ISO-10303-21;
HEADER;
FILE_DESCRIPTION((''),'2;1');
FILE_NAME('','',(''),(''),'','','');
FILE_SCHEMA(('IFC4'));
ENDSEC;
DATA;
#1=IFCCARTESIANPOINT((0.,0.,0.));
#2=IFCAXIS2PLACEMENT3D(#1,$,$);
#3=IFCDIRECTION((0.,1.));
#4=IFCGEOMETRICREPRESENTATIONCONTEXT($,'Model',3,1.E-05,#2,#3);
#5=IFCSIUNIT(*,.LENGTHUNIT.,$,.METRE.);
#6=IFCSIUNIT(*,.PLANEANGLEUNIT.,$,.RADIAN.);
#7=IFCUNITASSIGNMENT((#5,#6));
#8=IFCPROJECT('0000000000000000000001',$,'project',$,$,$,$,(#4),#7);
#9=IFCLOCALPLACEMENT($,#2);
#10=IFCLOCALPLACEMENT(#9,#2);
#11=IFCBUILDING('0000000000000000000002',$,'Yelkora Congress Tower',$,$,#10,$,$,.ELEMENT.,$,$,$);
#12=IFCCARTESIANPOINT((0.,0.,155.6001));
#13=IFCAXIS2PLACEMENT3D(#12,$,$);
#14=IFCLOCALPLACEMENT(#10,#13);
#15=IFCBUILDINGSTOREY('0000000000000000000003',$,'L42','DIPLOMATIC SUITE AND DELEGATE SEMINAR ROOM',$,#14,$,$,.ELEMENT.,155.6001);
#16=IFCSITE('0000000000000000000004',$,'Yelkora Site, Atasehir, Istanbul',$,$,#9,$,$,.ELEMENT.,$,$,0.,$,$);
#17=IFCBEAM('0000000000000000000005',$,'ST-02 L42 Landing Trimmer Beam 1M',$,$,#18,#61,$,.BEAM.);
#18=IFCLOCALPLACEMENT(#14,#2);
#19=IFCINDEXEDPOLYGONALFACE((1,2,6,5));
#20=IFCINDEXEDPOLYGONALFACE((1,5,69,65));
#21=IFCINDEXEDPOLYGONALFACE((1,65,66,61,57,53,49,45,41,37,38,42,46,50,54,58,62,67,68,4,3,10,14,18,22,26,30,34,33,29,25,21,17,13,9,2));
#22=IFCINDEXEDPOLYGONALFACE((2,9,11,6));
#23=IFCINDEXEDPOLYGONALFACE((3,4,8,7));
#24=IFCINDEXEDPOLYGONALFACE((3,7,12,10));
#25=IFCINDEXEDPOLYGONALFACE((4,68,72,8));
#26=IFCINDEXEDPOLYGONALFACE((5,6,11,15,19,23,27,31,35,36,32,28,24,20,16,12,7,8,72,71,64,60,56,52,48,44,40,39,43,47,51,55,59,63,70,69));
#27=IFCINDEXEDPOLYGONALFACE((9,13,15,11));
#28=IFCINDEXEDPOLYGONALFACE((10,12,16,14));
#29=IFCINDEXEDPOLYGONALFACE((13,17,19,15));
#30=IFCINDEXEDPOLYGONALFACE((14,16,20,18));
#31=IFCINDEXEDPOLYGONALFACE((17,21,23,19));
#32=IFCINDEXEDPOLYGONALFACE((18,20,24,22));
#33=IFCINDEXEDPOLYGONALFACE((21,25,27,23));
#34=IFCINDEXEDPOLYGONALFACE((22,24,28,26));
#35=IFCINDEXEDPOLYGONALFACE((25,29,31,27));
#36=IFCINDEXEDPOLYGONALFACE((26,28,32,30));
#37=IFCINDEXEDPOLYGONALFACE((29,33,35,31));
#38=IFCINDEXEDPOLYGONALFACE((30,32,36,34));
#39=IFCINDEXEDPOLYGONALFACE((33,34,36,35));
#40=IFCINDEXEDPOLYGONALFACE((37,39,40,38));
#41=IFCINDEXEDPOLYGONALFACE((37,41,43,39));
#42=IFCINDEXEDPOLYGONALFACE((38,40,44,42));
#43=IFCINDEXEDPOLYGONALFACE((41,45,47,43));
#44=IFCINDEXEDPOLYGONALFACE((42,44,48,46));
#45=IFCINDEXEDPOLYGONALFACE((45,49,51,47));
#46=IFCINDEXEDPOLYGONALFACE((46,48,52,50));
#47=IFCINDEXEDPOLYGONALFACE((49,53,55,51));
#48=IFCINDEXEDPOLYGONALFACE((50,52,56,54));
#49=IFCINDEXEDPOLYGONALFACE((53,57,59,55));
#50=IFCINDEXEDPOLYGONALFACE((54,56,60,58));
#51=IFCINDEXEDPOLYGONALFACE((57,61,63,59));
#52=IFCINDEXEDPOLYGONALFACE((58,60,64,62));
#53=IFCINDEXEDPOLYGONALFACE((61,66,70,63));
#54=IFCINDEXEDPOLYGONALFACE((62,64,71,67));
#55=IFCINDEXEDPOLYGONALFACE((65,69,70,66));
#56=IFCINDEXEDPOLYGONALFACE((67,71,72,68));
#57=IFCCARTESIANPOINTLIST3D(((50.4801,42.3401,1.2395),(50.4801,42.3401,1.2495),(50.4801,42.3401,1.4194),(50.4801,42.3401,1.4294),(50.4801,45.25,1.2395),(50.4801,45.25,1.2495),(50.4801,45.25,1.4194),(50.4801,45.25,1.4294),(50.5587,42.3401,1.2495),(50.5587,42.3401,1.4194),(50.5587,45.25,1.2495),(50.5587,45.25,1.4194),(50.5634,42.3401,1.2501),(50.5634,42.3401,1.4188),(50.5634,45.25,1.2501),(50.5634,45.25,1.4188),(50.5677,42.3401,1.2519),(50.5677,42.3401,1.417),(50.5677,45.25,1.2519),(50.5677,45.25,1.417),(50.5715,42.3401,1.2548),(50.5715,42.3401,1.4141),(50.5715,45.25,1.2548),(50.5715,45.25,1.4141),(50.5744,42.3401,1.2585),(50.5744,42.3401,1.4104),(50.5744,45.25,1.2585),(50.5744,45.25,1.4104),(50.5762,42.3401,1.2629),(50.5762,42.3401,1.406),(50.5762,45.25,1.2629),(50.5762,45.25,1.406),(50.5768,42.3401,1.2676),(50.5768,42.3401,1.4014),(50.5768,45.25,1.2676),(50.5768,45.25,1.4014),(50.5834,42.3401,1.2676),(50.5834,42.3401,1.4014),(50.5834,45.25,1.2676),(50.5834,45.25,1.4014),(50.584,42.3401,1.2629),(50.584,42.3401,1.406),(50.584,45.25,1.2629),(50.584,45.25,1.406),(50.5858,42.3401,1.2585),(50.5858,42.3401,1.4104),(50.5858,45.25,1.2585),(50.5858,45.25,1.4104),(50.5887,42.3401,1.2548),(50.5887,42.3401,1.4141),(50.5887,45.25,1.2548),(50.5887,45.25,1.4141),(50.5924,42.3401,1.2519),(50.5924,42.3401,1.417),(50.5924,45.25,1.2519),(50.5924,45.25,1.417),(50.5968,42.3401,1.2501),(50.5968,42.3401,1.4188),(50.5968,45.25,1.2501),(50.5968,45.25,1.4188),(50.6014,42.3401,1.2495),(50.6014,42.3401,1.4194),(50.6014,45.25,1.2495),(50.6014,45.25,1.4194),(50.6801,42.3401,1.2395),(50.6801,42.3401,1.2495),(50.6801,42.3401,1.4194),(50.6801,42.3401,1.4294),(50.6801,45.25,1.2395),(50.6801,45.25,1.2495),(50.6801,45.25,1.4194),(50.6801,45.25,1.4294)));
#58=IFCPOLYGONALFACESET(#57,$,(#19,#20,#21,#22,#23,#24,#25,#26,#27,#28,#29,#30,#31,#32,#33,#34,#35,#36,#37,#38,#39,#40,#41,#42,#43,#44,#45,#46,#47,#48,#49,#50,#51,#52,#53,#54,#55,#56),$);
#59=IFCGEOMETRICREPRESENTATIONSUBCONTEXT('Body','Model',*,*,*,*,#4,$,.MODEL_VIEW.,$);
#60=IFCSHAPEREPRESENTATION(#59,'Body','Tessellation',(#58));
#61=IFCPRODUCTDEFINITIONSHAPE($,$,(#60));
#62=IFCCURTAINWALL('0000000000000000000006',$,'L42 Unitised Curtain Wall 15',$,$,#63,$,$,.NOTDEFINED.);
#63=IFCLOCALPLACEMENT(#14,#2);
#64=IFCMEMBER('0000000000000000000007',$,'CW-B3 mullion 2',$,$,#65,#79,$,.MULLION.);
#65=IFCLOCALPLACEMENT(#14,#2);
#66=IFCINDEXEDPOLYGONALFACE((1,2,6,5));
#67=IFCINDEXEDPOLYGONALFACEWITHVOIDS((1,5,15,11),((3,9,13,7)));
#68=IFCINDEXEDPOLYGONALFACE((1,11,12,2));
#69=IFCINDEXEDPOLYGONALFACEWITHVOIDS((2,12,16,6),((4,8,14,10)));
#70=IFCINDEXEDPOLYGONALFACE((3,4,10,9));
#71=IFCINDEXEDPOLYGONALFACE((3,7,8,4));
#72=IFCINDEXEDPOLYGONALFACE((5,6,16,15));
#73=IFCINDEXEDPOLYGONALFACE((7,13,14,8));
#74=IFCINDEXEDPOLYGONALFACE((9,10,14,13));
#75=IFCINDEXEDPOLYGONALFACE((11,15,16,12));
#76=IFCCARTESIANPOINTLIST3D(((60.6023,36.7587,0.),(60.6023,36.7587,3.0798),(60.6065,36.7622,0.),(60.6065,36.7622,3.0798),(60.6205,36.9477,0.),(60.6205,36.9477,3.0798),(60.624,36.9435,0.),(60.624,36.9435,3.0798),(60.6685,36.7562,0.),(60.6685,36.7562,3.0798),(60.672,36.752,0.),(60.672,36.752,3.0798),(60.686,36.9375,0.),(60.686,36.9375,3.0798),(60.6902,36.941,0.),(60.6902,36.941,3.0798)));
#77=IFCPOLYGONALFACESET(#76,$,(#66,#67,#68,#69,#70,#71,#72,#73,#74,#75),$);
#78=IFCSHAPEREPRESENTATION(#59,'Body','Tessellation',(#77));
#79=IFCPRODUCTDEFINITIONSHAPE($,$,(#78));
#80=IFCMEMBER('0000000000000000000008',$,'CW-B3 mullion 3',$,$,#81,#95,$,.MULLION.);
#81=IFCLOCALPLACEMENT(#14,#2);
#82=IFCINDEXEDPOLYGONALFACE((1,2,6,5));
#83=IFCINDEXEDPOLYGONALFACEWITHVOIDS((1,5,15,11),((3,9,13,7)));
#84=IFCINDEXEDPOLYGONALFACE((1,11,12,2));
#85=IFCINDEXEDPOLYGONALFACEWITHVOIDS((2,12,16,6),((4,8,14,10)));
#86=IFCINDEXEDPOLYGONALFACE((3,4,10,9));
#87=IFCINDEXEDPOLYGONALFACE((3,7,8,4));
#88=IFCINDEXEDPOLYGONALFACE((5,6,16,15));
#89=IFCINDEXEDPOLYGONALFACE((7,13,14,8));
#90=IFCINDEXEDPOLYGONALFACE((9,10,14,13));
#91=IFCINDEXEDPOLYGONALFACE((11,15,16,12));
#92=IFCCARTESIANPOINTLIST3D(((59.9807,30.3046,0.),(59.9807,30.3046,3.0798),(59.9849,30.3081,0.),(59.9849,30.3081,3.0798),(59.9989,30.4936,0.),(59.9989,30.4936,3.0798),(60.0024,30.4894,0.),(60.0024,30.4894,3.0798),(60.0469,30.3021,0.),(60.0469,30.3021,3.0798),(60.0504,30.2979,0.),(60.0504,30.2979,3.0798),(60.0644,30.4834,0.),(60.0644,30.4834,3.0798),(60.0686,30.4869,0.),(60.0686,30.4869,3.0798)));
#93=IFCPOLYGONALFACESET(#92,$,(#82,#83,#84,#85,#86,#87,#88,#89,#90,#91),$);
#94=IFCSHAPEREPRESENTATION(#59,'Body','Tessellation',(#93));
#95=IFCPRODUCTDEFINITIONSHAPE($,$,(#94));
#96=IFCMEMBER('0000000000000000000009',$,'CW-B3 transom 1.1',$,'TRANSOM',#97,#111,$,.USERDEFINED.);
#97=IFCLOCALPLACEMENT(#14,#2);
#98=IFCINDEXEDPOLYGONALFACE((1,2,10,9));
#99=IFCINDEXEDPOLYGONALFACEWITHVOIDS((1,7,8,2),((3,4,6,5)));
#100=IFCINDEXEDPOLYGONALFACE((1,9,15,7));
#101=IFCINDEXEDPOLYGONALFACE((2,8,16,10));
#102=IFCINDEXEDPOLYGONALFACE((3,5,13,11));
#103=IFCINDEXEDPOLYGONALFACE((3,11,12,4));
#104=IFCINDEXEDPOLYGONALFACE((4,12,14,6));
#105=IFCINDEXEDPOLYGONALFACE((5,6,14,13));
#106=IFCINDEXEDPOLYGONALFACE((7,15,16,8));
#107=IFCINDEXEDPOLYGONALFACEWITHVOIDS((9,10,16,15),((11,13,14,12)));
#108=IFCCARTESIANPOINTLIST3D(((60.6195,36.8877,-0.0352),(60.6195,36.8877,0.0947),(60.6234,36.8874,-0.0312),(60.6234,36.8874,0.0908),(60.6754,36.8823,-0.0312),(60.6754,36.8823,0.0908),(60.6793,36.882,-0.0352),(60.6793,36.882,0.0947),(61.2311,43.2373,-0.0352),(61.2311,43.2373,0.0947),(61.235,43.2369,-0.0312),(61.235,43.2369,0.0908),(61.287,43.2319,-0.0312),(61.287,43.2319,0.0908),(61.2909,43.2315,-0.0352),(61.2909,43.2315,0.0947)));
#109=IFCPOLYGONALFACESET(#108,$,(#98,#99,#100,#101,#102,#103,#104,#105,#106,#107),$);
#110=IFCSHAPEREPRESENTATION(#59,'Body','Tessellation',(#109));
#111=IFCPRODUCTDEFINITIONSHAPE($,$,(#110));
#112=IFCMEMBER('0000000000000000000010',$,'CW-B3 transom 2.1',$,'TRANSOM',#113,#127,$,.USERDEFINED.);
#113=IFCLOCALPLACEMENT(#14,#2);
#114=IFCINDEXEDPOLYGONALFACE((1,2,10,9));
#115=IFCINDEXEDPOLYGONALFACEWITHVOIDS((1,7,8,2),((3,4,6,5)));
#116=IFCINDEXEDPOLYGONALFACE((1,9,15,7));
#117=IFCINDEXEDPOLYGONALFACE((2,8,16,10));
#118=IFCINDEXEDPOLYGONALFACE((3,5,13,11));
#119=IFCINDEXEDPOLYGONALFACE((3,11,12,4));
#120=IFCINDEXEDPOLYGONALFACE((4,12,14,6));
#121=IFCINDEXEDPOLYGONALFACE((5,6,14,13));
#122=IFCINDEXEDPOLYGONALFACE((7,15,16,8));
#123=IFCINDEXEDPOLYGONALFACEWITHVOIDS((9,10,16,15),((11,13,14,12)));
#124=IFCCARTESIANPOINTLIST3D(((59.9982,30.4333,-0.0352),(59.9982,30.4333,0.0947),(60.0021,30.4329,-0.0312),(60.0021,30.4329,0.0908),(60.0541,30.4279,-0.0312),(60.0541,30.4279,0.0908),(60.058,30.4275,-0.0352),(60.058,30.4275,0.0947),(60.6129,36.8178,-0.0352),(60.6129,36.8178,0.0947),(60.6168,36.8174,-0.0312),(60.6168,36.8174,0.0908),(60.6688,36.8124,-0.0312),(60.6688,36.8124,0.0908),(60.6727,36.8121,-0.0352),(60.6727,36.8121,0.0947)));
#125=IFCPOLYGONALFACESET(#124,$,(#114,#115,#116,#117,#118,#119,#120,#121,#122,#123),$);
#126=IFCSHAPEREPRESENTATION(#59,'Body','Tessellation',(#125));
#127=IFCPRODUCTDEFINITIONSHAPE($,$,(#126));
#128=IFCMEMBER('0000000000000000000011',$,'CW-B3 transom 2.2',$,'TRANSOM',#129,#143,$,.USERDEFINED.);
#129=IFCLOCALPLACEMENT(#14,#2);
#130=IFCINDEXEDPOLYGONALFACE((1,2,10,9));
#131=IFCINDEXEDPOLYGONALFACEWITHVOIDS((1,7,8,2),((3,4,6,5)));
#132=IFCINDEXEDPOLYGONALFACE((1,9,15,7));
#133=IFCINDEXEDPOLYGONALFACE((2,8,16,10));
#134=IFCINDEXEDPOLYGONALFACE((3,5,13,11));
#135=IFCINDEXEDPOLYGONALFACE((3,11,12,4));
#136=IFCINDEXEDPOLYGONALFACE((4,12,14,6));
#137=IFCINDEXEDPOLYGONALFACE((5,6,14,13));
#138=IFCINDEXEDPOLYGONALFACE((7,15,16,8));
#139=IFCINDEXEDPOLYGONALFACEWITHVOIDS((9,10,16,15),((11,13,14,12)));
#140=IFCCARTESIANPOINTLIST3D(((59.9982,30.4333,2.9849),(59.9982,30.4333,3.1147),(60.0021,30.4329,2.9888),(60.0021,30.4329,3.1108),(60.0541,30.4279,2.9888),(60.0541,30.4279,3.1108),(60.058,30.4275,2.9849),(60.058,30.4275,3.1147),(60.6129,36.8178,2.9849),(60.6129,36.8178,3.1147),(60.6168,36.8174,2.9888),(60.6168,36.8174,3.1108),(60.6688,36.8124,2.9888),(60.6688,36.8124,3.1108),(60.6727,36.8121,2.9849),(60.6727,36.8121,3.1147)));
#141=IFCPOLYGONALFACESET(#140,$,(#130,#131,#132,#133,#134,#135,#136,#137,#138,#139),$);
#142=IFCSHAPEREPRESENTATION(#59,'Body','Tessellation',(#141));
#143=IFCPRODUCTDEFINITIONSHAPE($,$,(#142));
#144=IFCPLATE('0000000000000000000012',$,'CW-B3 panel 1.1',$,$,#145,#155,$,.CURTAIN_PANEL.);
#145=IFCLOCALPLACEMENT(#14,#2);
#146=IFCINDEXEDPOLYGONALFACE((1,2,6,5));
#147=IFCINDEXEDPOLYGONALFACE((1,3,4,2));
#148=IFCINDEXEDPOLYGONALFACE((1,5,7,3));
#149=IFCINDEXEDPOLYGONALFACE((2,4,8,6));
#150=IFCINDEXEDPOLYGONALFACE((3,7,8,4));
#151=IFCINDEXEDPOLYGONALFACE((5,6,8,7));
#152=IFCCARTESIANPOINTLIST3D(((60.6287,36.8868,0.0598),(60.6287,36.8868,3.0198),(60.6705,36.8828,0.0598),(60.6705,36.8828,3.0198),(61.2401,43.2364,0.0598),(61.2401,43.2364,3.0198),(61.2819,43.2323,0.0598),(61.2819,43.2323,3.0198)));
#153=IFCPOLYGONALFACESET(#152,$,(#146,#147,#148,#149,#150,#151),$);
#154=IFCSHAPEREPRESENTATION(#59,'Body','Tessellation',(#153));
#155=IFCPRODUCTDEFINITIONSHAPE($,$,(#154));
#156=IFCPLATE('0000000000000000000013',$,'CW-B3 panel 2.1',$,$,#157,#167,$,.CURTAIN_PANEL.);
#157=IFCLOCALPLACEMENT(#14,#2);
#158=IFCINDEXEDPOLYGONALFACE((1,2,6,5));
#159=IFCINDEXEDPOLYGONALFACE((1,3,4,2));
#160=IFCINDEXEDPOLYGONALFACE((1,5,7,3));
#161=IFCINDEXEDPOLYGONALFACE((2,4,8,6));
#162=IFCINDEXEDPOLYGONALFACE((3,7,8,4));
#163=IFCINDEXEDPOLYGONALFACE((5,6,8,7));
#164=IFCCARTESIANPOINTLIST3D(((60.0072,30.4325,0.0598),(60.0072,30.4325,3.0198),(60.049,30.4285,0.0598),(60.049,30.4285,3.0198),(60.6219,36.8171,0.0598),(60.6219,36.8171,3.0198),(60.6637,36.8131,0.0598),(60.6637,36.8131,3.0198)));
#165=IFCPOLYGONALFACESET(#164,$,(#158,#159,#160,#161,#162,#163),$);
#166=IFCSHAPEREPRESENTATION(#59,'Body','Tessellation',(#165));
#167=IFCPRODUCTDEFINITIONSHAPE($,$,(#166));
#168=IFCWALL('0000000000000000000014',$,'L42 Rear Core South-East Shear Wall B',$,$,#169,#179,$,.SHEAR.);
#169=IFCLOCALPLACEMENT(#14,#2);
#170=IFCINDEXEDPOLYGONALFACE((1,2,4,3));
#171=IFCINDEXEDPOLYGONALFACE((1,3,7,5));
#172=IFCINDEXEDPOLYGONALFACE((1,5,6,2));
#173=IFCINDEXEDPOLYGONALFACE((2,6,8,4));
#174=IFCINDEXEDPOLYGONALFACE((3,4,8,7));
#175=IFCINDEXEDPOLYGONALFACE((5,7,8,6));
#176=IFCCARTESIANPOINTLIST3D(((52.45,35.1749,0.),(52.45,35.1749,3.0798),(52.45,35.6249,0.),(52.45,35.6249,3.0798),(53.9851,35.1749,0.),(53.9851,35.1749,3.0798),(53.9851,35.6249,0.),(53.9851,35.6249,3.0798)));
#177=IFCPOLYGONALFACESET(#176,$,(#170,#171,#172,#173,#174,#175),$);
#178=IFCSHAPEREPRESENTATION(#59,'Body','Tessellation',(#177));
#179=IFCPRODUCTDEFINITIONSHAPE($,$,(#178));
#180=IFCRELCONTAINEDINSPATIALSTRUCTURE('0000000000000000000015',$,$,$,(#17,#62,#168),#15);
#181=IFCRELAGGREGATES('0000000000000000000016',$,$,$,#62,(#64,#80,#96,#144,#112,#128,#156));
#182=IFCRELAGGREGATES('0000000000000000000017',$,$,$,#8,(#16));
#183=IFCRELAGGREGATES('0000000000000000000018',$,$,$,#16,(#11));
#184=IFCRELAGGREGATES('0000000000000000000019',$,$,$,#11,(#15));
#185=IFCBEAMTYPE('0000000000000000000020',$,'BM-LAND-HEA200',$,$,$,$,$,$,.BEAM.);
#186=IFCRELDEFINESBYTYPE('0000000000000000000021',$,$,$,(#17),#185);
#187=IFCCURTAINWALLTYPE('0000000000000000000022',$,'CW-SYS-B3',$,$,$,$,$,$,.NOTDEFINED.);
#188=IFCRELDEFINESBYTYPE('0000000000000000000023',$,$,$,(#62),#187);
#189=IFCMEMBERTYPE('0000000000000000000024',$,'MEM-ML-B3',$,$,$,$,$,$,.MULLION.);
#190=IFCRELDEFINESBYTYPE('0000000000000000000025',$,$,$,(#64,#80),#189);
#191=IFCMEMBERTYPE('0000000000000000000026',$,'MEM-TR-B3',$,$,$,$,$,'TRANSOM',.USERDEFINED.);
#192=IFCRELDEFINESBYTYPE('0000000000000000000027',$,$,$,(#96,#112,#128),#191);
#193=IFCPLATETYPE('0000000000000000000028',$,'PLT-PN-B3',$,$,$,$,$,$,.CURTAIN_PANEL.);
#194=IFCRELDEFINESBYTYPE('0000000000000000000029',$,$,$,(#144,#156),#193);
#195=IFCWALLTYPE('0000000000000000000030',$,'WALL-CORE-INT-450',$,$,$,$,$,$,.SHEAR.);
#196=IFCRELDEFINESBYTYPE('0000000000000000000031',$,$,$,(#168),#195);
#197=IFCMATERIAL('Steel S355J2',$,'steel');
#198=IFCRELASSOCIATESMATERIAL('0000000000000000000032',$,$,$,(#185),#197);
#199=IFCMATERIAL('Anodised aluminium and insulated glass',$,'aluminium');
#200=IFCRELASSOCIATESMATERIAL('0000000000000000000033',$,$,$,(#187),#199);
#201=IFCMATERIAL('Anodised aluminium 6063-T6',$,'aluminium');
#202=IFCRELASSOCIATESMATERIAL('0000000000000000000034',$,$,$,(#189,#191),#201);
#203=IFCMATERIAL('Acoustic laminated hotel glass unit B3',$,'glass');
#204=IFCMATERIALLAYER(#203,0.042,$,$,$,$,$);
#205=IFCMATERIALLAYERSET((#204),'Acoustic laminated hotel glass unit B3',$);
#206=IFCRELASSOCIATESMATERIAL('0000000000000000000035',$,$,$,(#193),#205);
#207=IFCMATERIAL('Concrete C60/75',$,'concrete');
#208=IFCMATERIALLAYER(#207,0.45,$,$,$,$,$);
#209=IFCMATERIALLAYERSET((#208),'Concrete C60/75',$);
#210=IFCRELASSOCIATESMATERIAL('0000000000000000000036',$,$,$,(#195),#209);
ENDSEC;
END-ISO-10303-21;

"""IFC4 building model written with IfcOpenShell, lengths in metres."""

from ifc_helpers import new_model, si_unit, direction, frame, frame_2d, origin, origin_2d, place, context, subcontext, project, spatial, rectangle, hollow_rectangle, i_section, extrude, material, layer, layer_set, material_profile, profile_set, type_object, element, aggregate, save


model = new_model("IFC4")

# Units and contexts
model_context = context("Model", 3, precision=1e-05, world=origin(), true_north=direction((0.0, 1.0)))
body_context = subcontext(model_context, "Body", "Model", "MODEL_VIEW")
ifc_project = project(units=[si_unit("LENGTHUNIT", "METRE"), si_unit("PLANEANGLEUNIT", "RADIAN")], contexts=[model_context])

# Site, building, storey
site_placement = place(None, origin())
site = spatial("IfcSite", under=ifc_project, at=site_placement, Name="Yelkora Site, Atasehir, Istanbul", CompositionType="ELEMENT", RefElevation=0.0)
building_placement = place(site_placement, origin())
building = spatial("IfcBuilding", under=site, at=building_placement, Name="Yelkora Congress Tower", CompositionType="ELEMENT")
storey_placement = place(building_placement, frame((0.0, 0.0, 155.6001)))
storey = spatial("IfcBuildingStorey", under=building, at=storey_placement, Name="L42", Description="DIPLOMATIC SUITE AND DELEGATE SEMINAR ROOM", CompositionType="ELEMENT", Elevation=155.6001)

# Beam
ifc_material_1 = material(Name="Steel S355J2", Category="steel")
ifc_material_profile_1 = material_profile(ifc_material_1, i_section(OverallWidth=0.2, OverallDepth=0.1899, WebThickness=0.0066, FlangeThickness=0.01, FilletRadius=0.0181, at=origin_2d()), Name="HEA 200")
ifc_profile_set_1 = profile_set([ifc_material_profile_1], Name="Steel S355J2")
beam_type_1 = type_object("IfcBeamType", Name="BM-LAND-HEA200", PredefinedType="BEAM", material=ifc_profile_set_1)
beam_1_placement = place(storey_placement, frame((50.5801, 42.3401, 1.3345), z_axis=(0.0, 1.0, 0.0), x_axis=(-1.0, 0.0, 0.0)))
element("IfcBeam", 1, at=beam_1_placement, inside=storey, type_object=beam_type_1, Name="ST-02 L42 Landing Trimmer Beam 1M", PredefinedType="BEAM", context=body_context, shape_type="SweptSolid", body=[
    extrude(i_section(OverallWidth=0.2, OverallDepth=0.1899, WebThickness=0.0066, FlangeThickness=0.01, FilletRadius=0.0181, at=origin_2d()), origin(), (0.0, 0.0, 1.0), 2.9099),
])

# Curtain wall, members, plates
ifc_material_2 = material(Name="Anodised aluminium and insulated glass", Category="aluminium")
curtain_wall_type = type_object("IfcCurtainWallType", Name="CW-SYS-B3", PredefinedType="NOTDEFINED", material=ifc_material_2)
curtain_wall_placement = place(storey_placement, origin())
curtain_wall = element("IfcCurtainWall", 2, at=curtain_wall_placement, inside=storey, type_object=curtain_wall_type, Name="L42 Unitised Curtain Wall 15", PredefinedType="NOTDEFINED")
ifc_material_3 = material(Name="Anodised aluminium 6063-T6", Category="aluminium")
ifc_material_profile_2 = material_profile(ifc_material_3, hollow_rectangle(XDim=0.0701, YDim=0.1899, WallThickness=0.0039, at=origin_2d()), Name="ALU 70x190x4")
ifc_profile_set_2 = profile_set([ifc_material_profile_2], Name="Anodised aluminium 6063-T6")
member_type_1 = type_object("IfcMemberType", Name="MEM-ML-B3", PredefinedType="MULLION", material=ifc_profile_set_2)
member_1_placement = place(storey_placement, frame((60.6462, 36.8499, 0.0), z_axis=(0.0, 0.0, 1.0), x_axis=(0.995397, -0.095842, 0.0)))
member_1 = element("IfcMember", 3, at=member_1_placement, type_object=member_type_1, Name="CW-B3 mullion 2", PredefinedType="MULLION", context=body_context, shape_type="SweptSolid", body=[
    extrude(hollow_rectangle(XDim=0.0701, YDim=0.1899, WallThickness=0.0039, at=origin_2d()), origin(), (0.0, 0.0, 1.0), 3.0798),
])
member_2_placement = place(storey_placement, frame((60.0247, 30.3958, 0.0), z_axis=(0.0, 0.0, 1.0), x_axis=(0.995397, -0.095842, 0.0)))
member_2 = element("IfcMember", 4, at=member_2_placement, type_object=member_type_1, Name="CW-B3 mullion 3", PredefinedType="MULLION", context=body_context, shape_type="SweptSolid", body=[
    extrude(hollow_rectangle(XDim=0.0701, YDim=0.1899, WallThickness=0.0039, at=origin_2d()), origin(), (0.0, 0.0, 1.0), 3.0798),
])
ifc_material_profile_3 = material_profile(ifc_material_3, hollow_rectangle(XDim=0.0601, YDim=0.1299, WallThickness=0.0039, at=origin_2d()), Name="ALU 60x130x4")
ifc_profile_set_3 = profile_set([ifc_material_profile_3], Name="Anodised aluminium 6063-T6")
member_type_2 = type_object("IfcMemberType", Name="MEM-TR-B3", ElementType="TRANSOM", PredefinedType="USERDEFINED", material=ifc_profile_set_3)
member_3_placement = place(storey_placement, frame((61.261, 43.2344, 0.0298), z_axis=(-0.095873, -0.995394, 0.0), x_axis=(0.995394, -0.095873, 0.0)))
member_3 = element("IfcMember", 5, at=member_3_placement, type_object=member_type_2, Name="CW-B3 transom 1.1", ObjectType="TRANSOM", PredefinedType="USERDEFINED", context=body_context, shape_type="SweptSolid", body=[
    extrude(hollow_rectangle(XDim=0.0601, YDim=0.1299, WallThickness=0.0039, at=origin_2d()), origin(), (0.0, 0.0, 1.0), 6.3789),
])
member_4_placement = place(storey_placement, frame((60.6428, 36.8149, 0.0298), z_axis=(-0.095844, -0.995396, 0.0), x_axis=(0.995396, -0.095844, 0.0)))
member_4 = element("IfcMember", 6, at=member_4_placement, type_object=member_type_2, Name="CW-B3 transom 2.1", ObjectType="TRANSOM", PredefinedType="USERDEFINED", context=body_context, shape_type="SweptSolid", body=[
    extrude(hollow_rectangle(XDim=0.0601, YDim=0.1299, WallThickness=0.0039, at=origin_2d()), origin(), (0.0, 0.0, 1.0), 6.4141),
])
member_5_placement = place(storey_placement, frame((60.6428, 36.8149, 3.0498), z_axis=(-0.095844, -0.995396, 0.0), x_axis=(0.995396, -0.095844, 0.0)))
member_5 = element("IfcMember", 7, at=member_5_placement, type_object=member_type_2, Name="CW-B3 transom 2.2", ObjectType="TRANSOM", PredefinedType="USERDEFINED", context=body_context, shape_type="SweptSolid", body=[
    extrude(hollow_rectangle(XDim=0.0601, YDim=0.1299, WallThickness=0.0039, at=origin_2d()), origin(), (0.0, 0.0, 1.0), 6.4141),
])
ifc_material_4 = material(Name="Acoustic laminated hotel glass unit B3", Category="glass")
ifc_layer_1 = layer(ifc_material_4, 0.042)
ifc_layer_set_1 = layer_set([ifc_layer_1], Name="Acoustic laminated hotel glass unit B3")
plate_type = type_object("IfcPlateType", Name="PLT-PN-B3", PredefinedType="CURTAIN_PANEL", material=ifc_layer_set_1)
plate_1_placement = place(storey_placement, frame((60.9553, 40.0596, 0.0598), z_axis=(0.0, 0.0, 1.0), x_axis=(-0.095842, -0.995397, 0.0)))
plate_1 = element("IfcPlate", 8, at=plate_1_placement, type_object=plate_type, Name="CW-B3 panel 1.1", PredefinedType="CURTAIN_PANEL", context=body_context, shape_type="SweptSolid", body=[
    extrude(rectangle(XDim=6.3789, YDim=0.042, at=origin_2d()), origin(), (0.0, 0.0, 1.0), 2.96),
])
plate_2_placement = place(storey_placement, frame((60.3354, 33.6228, 0.0598), z_axis=(0.0, 0.0, 1.0), x_axis=(-0.095842, -0.995397, 0.0)))
plate_2 = element("IfcPlate", 9, at=plate_2_placement, type_object=plate_type, Name="CW-B3 panel 2.1", PredefinedType="CURTAIN_PANEL", context=body_context, shape_type="SweptSolid", body=[
    extrude(rectangle(XDim=6.4141, YDim=0.042, at=origin_2d()), origin(), (0.0, 0.0, 1.0), 2.96),
])
aggregate(curtain_wall, [member_1, member_2, member_3, plate_1, member_4, member_5, plate_2])

# Wall
ifc_material_5 = material(Name="Concrete C60/75", Category="concrete")
ifc_layer_2 = layer(ifc_material_5, 0.45)
ifc_layer_set_2 = layer_set([ifc_layer_2], Name="Concrete C60/75")
wall_type_1 = type_object("IfcWallType", Name="WALL-CORE-INT-450", PredefinedType="SHEAR", material=ifc_layer_set_2)
wall_1_placement = place(storey_placement, frame((52.45, 35.3999, 0.0), z_axis=(0.0, 0.0, 1.0), x_axis=(1.0, 0.0, 0.0)))
element("IfcWall", 10, at=wall_1_placement, inside=storey, type_object=wall_type_1, Name="L42 Rear Core South-East Shear Wall B", PredefinedType="SHEAR", context=body_context, shape_type="SweptSolid", body=[
    extrude(rectangle(XDim=1.5352, YDim=0.45, at=frame_2d((0.7676, 0.0))), origin(), (0.0, 0.0, 1.0), 3.0798),
])

save(model, "model.ifc")
